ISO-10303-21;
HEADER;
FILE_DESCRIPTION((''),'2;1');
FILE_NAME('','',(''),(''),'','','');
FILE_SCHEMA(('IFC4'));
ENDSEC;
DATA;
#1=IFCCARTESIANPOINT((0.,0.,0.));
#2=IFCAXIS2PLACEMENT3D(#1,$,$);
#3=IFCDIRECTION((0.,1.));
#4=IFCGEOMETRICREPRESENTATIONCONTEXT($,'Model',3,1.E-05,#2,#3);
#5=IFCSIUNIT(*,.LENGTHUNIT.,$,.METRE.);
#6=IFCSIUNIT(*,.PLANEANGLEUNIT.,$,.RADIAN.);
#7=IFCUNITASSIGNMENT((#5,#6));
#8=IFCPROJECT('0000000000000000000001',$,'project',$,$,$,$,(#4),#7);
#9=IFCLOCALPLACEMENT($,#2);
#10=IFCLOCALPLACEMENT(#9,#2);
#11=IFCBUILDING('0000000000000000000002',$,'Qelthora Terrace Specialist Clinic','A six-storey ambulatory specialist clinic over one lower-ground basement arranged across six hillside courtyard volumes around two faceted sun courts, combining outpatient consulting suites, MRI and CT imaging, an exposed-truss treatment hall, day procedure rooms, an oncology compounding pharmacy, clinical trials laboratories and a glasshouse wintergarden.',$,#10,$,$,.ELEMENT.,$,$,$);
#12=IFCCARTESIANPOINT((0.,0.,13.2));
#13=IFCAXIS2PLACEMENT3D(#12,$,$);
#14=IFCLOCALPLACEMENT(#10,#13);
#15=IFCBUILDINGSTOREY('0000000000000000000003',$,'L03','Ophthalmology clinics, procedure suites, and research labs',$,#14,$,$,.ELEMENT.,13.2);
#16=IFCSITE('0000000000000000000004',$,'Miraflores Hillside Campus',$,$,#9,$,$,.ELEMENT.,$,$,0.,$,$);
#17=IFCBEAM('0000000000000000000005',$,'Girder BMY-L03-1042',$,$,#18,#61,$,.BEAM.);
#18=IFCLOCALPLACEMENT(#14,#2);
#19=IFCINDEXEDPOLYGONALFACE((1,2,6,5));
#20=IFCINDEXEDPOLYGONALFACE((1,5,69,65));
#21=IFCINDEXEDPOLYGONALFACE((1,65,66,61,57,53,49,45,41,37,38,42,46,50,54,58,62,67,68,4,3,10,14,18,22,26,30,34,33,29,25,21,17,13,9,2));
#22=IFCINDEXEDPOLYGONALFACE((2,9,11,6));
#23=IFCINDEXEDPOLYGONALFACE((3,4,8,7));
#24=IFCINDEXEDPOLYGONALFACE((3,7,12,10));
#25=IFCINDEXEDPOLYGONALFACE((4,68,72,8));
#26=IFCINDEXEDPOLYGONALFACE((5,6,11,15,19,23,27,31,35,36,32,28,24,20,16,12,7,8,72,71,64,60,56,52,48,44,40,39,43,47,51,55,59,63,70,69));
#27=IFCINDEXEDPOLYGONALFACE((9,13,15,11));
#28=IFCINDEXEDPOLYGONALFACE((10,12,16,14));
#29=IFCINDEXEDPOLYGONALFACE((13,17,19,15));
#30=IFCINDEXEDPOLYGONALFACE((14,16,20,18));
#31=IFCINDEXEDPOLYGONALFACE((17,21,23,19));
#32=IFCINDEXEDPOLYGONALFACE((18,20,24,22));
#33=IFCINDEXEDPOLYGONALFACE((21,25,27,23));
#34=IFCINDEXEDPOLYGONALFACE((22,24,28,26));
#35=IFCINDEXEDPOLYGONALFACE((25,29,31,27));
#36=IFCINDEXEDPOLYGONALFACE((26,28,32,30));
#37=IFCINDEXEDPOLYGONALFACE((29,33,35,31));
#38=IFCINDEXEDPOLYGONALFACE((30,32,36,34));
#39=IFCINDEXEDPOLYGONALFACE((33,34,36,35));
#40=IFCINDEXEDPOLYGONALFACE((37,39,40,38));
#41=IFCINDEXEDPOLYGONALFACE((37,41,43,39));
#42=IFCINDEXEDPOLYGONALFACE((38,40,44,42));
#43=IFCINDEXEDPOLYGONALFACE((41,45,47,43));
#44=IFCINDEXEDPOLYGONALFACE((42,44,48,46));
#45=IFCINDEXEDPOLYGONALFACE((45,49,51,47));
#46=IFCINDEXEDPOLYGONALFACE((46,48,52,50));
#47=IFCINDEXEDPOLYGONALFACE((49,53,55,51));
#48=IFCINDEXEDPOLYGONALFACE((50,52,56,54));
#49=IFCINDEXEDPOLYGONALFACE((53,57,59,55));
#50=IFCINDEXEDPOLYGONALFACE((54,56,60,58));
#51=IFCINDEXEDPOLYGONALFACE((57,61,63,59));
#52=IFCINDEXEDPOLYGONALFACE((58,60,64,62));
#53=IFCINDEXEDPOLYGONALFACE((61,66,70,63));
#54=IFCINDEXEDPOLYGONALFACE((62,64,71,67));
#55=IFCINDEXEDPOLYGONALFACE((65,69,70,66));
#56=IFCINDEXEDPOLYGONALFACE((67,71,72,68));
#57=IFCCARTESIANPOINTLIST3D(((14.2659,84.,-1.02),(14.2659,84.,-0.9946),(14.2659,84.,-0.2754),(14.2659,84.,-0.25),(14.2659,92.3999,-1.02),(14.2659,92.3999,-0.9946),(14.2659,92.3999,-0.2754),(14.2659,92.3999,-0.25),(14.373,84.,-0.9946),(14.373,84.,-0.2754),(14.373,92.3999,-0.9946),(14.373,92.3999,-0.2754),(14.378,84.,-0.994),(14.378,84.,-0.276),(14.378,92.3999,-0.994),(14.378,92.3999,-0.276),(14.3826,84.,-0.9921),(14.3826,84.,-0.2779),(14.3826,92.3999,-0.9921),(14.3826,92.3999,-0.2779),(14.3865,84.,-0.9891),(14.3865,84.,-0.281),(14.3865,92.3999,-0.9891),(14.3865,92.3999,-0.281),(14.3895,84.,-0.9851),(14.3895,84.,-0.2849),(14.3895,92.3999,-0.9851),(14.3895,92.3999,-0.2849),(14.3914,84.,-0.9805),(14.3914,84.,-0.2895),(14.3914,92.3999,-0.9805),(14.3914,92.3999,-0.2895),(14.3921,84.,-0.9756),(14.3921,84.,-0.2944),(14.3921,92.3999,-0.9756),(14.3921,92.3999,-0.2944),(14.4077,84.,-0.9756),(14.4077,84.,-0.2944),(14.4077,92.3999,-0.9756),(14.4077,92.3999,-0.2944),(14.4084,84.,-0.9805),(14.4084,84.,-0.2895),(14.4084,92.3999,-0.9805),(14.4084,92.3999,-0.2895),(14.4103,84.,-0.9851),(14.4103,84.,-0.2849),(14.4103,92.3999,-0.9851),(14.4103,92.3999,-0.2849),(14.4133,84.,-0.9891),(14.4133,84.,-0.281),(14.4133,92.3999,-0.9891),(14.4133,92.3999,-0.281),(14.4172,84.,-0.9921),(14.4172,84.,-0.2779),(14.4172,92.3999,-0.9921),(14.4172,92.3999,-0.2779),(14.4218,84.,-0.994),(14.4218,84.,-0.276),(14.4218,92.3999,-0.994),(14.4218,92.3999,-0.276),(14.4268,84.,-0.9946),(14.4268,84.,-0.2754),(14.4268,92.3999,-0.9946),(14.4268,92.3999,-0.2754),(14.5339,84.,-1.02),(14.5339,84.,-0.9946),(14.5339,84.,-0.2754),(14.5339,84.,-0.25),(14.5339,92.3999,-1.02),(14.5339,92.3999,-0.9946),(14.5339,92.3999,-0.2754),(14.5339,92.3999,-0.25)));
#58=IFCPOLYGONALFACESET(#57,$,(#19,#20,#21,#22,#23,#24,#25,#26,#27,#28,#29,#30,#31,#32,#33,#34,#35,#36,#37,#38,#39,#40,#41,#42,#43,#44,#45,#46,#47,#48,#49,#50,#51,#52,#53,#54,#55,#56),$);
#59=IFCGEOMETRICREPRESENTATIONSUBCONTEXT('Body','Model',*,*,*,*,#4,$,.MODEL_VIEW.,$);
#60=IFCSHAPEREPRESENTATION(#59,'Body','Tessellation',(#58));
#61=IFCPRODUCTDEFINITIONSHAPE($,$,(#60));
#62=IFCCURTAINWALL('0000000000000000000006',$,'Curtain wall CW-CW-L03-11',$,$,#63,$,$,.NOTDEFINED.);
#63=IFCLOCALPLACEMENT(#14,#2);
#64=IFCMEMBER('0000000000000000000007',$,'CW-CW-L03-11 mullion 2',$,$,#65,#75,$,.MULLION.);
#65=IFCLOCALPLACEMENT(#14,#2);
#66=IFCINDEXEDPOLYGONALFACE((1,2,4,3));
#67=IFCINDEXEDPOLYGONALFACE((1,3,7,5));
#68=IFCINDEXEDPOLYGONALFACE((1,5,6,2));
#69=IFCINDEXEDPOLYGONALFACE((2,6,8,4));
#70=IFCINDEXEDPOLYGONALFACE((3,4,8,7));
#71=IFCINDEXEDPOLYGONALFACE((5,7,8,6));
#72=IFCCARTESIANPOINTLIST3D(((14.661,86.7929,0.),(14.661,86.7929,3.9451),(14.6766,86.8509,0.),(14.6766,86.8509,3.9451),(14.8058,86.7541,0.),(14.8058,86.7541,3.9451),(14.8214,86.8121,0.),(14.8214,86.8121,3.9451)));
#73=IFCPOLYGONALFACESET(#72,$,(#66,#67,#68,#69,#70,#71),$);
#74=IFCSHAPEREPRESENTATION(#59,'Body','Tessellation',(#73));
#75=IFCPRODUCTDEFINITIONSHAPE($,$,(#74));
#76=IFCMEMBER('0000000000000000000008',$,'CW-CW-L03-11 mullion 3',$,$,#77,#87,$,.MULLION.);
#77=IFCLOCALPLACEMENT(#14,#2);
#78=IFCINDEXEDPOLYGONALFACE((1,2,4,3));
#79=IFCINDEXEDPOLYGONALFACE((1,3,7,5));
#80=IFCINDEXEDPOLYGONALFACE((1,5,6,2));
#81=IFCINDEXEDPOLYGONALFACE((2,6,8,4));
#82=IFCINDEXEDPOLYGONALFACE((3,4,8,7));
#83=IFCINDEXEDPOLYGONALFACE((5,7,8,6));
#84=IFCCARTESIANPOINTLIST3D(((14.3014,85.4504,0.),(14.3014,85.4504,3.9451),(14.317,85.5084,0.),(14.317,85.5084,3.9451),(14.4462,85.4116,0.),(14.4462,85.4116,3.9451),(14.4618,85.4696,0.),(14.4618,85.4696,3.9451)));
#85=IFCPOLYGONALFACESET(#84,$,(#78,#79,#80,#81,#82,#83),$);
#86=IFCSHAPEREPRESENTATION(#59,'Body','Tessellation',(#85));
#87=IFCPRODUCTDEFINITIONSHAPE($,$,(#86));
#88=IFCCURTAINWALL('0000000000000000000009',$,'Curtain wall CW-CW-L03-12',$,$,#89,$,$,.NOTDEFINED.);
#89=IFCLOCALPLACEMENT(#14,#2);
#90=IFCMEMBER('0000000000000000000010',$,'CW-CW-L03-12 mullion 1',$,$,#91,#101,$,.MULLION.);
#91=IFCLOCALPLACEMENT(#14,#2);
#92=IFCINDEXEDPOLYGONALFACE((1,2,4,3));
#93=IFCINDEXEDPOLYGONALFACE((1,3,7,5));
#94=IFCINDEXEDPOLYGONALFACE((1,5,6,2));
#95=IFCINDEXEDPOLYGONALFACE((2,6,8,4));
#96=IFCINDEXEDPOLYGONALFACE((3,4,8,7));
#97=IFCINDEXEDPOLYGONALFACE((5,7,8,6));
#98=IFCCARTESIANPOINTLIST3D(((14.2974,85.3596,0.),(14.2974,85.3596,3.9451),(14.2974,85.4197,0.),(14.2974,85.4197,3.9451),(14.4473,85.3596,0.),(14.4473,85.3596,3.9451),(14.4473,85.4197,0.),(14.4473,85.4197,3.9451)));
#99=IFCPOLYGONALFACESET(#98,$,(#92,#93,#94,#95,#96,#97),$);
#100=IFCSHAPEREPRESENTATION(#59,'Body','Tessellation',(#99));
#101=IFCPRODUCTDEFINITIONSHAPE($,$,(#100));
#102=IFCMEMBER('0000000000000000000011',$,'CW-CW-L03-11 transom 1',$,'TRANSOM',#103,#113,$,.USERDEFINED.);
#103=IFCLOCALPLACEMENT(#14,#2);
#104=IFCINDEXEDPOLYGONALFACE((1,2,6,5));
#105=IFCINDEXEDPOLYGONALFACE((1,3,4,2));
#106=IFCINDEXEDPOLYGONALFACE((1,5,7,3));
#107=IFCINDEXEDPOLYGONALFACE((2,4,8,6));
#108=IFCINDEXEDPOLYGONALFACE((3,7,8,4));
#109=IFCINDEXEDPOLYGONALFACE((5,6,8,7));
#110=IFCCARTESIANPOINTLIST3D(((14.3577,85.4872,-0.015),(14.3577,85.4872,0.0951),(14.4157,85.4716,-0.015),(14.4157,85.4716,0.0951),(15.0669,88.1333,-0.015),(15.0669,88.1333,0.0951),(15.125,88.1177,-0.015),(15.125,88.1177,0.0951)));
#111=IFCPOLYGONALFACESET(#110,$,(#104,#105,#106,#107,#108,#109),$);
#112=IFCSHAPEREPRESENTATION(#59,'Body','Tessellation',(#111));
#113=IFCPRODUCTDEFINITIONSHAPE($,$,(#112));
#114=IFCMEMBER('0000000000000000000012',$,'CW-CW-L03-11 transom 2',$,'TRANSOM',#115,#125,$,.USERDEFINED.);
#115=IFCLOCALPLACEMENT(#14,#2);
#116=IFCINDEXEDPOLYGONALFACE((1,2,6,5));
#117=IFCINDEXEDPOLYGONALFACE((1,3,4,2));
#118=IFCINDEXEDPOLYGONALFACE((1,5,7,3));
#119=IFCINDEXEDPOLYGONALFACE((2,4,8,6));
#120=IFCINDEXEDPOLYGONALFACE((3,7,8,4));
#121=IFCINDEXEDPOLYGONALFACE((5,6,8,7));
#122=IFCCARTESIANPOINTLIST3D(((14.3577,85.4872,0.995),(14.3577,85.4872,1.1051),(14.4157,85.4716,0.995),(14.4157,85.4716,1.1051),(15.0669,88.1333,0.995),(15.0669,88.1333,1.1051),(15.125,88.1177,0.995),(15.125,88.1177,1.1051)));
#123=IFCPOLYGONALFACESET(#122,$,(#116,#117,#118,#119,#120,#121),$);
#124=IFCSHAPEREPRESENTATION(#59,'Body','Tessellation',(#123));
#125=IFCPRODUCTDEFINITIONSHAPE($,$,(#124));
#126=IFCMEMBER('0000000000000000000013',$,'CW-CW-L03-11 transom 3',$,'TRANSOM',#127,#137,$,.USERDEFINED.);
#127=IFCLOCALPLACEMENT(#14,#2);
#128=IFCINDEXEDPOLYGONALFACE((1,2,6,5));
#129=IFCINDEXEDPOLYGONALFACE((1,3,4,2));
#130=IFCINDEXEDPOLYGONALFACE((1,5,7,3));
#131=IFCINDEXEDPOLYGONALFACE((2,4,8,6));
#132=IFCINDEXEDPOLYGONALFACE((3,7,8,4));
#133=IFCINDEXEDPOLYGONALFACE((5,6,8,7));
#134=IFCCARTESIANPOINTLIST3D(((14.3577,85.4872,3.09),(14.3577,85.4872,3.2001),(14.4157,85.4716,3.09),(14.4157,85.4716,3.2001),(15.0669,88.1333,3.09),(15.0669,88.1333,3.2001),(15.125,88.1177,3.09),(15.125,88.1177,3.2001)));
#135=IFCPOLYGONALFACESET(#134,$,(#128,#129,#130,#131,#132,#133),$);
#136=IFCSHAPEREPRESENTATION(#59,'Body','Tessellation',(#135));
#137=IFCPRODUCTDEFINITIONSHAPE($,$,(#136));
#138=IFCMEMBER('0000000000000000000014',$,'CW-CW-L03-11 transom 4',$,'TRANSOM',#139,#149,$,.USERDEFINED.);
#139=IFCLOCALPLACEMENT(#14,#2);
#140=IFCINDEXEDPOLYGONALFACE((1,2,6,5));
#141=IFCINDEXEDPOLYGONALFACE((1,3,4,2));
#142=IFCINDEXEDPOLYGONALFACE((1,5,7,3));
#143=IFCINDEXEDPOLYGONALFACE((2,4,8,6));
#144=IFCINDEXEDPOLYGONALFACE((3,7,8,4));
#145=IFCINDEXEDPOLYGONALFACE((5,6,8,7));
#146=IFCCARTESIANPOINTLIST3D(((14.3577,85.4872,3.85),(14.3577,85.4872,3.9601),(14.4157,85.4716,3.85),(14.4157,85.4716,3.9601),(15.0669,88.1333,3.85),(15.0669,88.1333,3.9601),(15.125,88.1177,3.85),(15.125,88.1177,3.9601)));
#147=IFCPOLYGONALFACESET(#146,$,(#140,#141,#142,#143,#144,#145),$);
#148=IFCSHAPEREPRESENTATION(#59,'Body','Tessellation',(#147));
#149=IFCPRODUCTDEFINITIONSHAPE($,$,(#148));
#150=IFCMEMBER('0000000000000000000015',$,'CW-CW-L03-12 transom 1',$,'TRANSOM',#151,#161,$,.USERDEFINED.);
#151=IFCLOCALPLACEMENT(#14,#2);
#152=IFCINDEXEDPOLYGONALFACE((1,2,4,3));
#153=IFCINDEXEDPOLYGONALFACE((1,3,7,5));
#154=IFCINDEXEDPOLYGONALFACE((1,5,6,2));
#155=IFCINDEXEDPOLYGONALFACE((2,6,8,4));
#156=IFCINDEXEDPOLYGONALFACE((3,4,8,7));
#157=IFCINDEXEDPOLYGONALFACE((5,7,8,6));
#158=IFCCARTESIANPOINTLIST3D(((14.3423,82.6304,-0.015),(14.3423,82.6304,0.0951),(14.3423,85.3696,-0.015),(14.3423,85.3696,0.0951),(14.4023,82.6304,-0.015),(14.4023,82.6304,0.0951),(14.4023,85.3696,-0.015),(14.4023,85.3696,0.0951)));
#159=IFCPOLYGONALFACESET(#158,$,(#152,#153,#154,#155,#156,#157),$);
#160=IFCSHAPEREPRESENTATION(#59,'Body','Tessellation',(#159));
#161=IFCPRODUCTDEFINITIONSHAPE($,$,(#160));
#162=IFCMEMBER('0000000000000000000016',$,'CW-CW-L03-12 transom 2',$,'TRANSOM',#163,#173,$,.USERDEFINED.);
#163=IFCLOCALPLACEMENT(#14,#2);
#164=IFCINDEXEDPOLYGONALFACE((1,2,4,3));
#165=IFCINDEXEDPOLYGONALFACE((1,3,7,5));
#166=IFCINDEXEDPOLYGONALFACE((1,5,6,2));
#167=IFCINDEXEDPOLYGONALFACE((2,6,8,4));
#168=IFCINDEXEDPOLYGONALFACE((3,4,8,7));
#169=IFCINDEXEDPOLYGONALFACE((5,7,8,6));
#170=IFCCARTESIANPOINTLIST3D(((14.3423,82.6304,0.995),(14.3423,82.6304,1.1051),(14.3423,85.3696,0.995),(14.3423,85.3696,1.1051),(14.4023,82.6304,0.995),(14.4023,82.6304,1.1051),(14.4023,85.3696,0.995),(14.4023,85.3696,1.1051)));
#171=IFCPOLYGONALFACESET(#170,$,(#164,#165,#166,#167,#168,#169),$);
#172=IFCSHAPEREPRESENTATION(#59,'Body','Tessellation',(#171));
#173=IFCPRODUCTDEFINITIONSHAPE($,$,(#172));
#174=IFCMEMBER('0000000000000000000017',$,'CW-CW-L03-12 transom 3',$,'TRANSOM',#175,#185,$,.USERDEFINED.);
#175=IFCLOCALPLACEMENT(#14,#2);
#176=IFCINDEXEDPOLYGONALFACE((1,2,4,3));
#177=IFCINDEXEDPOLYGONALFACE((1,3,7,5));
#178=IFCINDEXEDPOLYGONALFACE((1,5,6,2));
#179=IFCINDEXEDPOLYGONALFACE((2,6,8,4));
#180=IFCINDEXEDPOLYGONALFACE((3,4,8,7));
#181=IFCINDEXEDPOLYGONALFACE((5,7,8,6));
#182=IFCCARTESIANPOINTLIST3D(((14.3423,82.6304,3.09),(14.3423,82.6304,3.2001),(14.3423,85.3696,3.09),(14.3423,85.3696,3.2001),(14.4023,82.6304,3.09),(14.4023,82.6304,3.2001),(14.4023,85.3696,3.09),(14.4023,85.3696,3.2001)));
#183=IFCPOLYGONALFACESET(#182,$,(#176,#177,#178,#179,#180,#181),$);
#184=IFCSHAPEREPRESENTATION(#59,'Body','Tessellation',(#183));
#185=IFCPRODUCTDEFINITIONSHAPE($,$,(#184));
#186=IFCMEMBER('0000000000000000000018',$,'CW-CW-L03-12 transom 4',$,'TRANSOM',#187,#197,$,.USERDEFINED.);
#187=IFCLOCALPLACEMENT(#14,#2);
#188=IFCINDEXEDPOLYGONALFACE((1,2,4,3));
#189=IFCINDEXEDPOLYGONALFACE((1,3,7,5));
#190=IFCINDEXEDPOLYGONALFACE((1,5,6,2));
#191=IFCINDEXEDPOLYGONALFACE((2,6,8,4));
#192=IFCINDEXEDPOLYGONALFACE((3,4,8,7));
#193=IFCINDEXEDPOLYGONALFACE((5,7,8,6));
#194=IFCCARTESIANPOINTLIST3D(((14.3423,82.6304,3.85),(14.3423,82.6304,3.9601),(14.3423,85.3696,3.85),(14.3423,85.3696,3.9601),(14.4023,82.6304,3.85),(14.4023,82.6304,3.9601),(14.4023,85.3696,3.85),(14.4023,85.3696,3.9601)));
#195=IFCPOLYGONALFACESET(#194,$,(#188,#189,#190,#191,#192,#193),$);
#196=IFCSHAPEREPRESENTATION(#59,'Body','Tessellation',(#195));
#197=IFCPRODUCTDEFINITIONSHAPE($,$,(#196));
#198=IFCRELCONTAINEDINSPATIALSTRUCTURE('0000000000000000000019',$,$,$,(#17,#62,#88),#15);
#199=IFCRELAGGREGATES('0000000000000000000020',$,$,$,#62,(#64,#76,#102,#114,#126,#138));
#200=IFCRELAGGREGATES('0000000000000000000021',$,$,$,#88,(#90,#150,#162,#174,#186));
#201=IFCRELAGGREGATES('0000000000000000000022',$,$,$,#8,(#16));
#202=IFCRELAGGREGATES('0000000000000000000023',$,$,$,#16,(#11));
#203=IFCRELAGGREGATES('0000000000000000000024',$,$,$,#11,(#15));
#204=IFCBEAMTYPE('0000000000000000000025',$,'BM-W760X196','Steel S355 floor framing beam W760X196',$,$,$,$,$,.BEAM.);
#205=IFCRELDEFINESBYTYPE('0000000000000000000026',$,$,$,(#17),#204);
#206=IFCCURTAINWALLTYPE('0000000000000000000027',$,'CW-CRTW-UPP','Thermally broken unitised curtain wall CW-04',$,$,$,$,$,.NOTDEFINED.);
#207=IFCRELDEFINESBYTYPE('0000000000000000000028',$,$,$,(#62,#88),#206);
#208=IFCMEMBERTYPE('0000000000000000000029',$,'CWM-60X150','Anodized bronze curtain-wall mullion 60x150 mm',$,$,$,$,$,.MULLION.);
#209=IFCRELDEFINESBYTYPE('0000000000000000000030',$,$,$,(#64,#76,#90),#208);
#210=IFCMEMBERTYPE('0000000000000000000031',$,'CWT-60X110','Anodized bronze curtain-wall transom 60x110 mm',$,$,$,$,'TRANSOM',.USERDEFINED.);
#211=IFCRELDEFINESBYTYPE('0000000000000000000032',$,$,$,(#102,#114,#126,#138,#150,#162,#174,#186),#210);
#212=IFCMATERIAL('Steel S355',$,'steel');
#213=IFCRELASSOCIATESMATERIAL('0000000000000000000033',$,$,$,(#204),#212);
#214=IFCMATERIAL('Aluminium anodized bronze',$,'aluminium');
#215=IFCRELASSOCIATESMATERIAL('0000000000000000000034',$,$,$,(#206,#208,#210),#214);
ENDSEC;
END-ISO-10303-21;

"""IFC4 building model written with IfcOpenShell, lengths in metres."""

from ifc_helpers import new_model, si_unit, direction, frame, origin, origin_2d, place, context, subcontext, project, spatial, rectangle, i_section, extrude, material, material_profile, profile_set, type_object, element, aggregate, save


model = new_model("IFC4")

# Units and contexts
model_context = context("Model", 3, precision=1e-05, world=origin(), true_north=direction((0.0, 1.0)))
body_context = subcontext(model_context, "Body", "Model", "MODEL_VIEW")
ifc_project = project(units=[si_unit("LENGTHUNIT", "METRE"), si_unit("PLANEANGLEUNIT", "RADIAN")], contexts=[model_context])

# Site, building, storey
site_placement = place(None, origin())
site = spatial("IfcSite", under=ifc_project, at=site_placement, Name="Miraflores Hillside Campus", CompositionType="ELEMENT", RefElevation=0.0)
building_placement = place(site_placement, origin())
building = spatial("IfcBuilding", under=site, at=building_placement, Name="Qelthora Terrace Specialist Clinic", Description="A six-storey ambulatory specialist clinic over one lower-ground basement arranged across six hillside courtyard volumes around two faceted sun courts, combining outpatient consulting suites, MRI and CT imaging, an exposed-truss treatment hall, day procedure rooms, an oncology compounding pharmacy, clinical trials laboratories and a glasshouse wintergarden.", CompositionType="ELEMENT")
storey_placement = place(building_placement, frame((0.0, 0.0, 13.2)))
storey = spatial("IfcBuildingStorey", under=building, at=storey_placement, Name="L03", Description="Ophthalmology clinics, procedure suites, and research labs", CompositionType="ELEMENT", Elevation=13.2)

# Shared definitions
ifc_material_1 = material(Name="Steel S355", Category="steel")

# Beam
ifc_material_profile_1 = material_profile(ifc_material_1, i_section(OverallWidth=0.2681, OverallDepth=0.77, WebThickness=0.0156, FlangeThickness=0.0254, FilletRadius=0.019, at=origin_2d()), Name="W760X196")
ifc_profile_set_1 = profile_set([ifc_material_profile_1], Name="Steel S355")
beam_type_1 = type_object("IfcBeamType", Name="BM-W760X196", Description="Steel S355 floor framing beam W760X196", PredefinedType="BEAM", material=ifc_profile_set_1)
beam_1_placement = place(storey_placement, frame((14.3999, 84.0, -0.635), z_axis=(0.0, 1.0, 0.0), x_axis=(-1.0, 0.0, 0.0)))
element("IfcBeam", 1, at=beam_1_placement, inside=storey, type_object=beam_type_1, Name="Girder BMY-L03-1042", PredefinedType="BEAM", context=body_context, shape_type="SweptSolid", body=[
    extrude(i_section(OverallWidth=0.2681, OverallDepth=0.77, WebThickness=0.0156, FlangeThickness=0.0254, FilletRadius=0.019, at=origin_2d()), origin(), (0.0, 0.0, 1.0), 8.3999),
])

# Curtain wall, members
ifc_material_2 = material(Name="Aluminium anodized bronze", Category="aluminium")
curtain_wall_type = type_object("IfcCurtainWallType", Name="CW-CRTW-UPP", Description="Thermally broken unitised curtain wall CW-04", PredefinedType="NOTDEFINED", material=ifc_material_2)
curtain_wall_1_placement = place(storey_placement, origin())
curtain_wall_1 = element("IfcCurtainWall", 2, at=curtain_wall_1_placement, inside=storey, type_object=curtain_wall_type, Name="Curtain wall CW-CW-L03-11", PredefinedType="NOTDEFINED")
ifc_material_profile_2 = material_profile(ifc_material_2, rectangle(XDim=0.0601, YDim=0.1499, at=origin_2d()), Name="CWM60X150")
ifc_profile_set_2 = profile_set([ifc_material_profile_2], Name="Aluminium anodized bronze")
member_type_1 = type_object("IfcMemberType", Name="CWM-60X150", Description="Anodized bronze curtain-wall mullion 60x150 mm", PredefinedType="MULLION", material=ifc_profile_set_2)
member_1_placement = place(storey_placement, frame((14.7412, 86.8025, 0.0), z_axis=(0.0, 0.0, 1.0), x_axis=(-0.25882, -0.965925, 0.0)))
member_1 = element("IfcMember", 3, at=member_1_placement, type_object=member_type_1, Name="CW-CW-L03-11 mullion 2", PredefinedType="MULLION", context=body_context, shape_type="SweptSolid", body=[
    extrude(rectangle(XDim=0.0601, YDim=0.1499, at=origin_2d()), origin(), (0.0, 0.0, 1.0), 3.9451),
])
member_2_placement = place(storey_placement, frame((14.3816, 85.46, 0.0), z_axis=(0.0, 0.0, 1.0), x_axis=(-0.25882, -0.965925, 0.0)))
member_2 = element("IfcMember", 4, at=member_2_placement, type_object=member_type_1, Name="CW-CW-L03-11 mullion 3", PredefinedType="MULLION", context=body_context, shape_type="SweptSolid", body=[
    extrude(rectangle(XDim=0.0601, YDim=0.1499, at=origin_2d()), origin(), (0.0, 0.0, 1.0), 3.9451),
])

# Curtain wall, member
curtain_wall_2_placement = place(storey_placement, origin())
curtain_wall_2 = element("IfcCurtainWall", 5, at=curtain_wall_2_placement, inside=storey, type_object=curtain_wall_type, Name="Curtain wall CW-CW-L03-12", PredefinedType="NOTDEFINED")
member_3_placement = place(storey_placement, frame((14.3723, 85.3896, 0.0), z_axis=(0.0, 0.0, 1.0), x_axis=(0.0, -1.0, 0.0)))
member_3 = element("IfcMember", 6, at=member_3_placement, type_object=member_type_1, Name="CW-CW-L03-12 mullion 1", PredefinedType="MULLION", context=body_context, shape_type="SweptSolid", body=[
    extrude(rectangle(XDim=0.0601, YDim=0.1499, at=origin_2d()), origin(), (0.0, 0.0, 1.0), 3.9451),
])

# Members
ifc_material_profile_3 = material_profile(ifc_material_2, rectangle(XDim=0.0601, YDim=0.1101, at=origin_2d()), Name="CWT60X110")
ifc_profile_set_3 = profile_set([ifc_material_profile_3], Name="Aluminium anodized bronze")
member_type_2 = type_object("IfcMemberType", Name="CWT-60X110", Description="Anodized bronze curtain-wall transom 60x110 mm", ElementType="TRANSOM", PredefinedType="USERDEFINED", material=ifc_profile_set_3)
member_4_placement = place(storey_placement, frame((15.0959, 88.1255, 0.04), z_axis=(-0.258899, -0.965904, 0.0), x_axis=(0.965904, -0.258899, 0.0)))
member_4 = element("IfcMember", 7, at=member_4_placement, type_object=member_type_2, Name="CW-CW-L03-11 transom 1", ObjectType="TRANSOM", PredefinedType="USERDEFINED", context=body_context, shape_type="SweptSolid", body=[
    extrude(rectangle(XDim=0.0601, YDim=0.1101, at=origin_2d()), origin(), (0.0, 0.0, 1.0), 2.7395),
])
member_5_placement = place(storey_placement, frame((15.0959, 88.1255, 1.05), z_axis=(-0.258899, -0.965904, 0.0), x_axis=(0.965904, -0.258899, 0.0)))
member_5 = element("IfcMember", 8, at=member_5_placement, type_object=member_type_2, Name="CW-CW-L03-11 transom 2", ObjectType="TRANSOM", PredefinedType="USERDEFINED", context=body_context, shape_type="SweptSolid", body=[
    extrude(rectangle(XDim=0.0601, YDim=0.1101, at=origin_2d()), origin(), (0.0, 0.0, 1.0), 2.7395),
])
member_6_placement = place(storey_placement, frame((15.0959, 88.1255, 3.145), z_axis=(-0.258899, -0.965904, 0.0), x_axis=(0.965904, -0.258899, 0.0)))
member_6 = element("IfcMember", 9, at=member_6_placement, type_object=member_type_2, Name="CW-CW-L03-11 transom 3", ObjectType="TRANSOM", PredefinedType="USERDEFINED", context=body_context, shape_type="SweptSolid", body=[
    extrude(rectangle(XDim=0.0601, YDim=0.1101, at=origin_2d()), origin(), (0.0, 0.0, 1.0), 2.7395),
])
member_7_placement = place(storey_placement, frame((15.0959, 88.1255, 3.905), z_axis=(-0.258899, -0.965904, 0.0), x_axis=(0.965904, -0.258899, 0.0)))
member_7 = element("IfcMember", 10, at=member_7_placement, type_object=member_type_2, Name="CW-CW-L03-11 transom 4", ObjectType="TRANSOM", PredefinedType="USERDEFINED", context=body_context, shape_type="SweptSolid", body=[
    extrude(rectangle(XDim=0.0601, YDim=0.1101, at=origin_2d()), origin(), (0.0, 0.0, 1.0), 2.7395),
])
member_8_placement = place(storey_placement, frame((14.3723, 85.3696, 0.04), z_axis=(0.0, -1.0, 0.0), x_axis=(1.0, 0.0, 0.0)))
member_8 = element("IfcMember", 11, at=member_8_placement, type_object=member_type_2, Name="CW-CW-L03-12 transom 1", ObjectType="TRANSOM", PredefinedType="USERDEFINED", context=body_context, shape_type="SweptSolid", body=[
    extrude(rectangle(XDim=0.0601, YDim=0.1101, at=origin_2d()), origin(), (0.0, 0.0, 1.0), 2.7393),
])
member_9_placement = place(storey_placement, frame((14.3723, 85.3696, 1.05), z_axis=(0.0, -1.0, 0.0), x_axis=(1.0, 0.0, 0.0)))
member_9 = element("IfcMember", 12, at=member_9_placement, type_object=member_type_2, Name="CW-CW-L03-12 transom 2", ObjectType="TRANSOM", PredefinedType="USERDEFINED", context=body_context, shape_type="SweptSolid", body=[
    extrude(rectangle(XDim=0.0601, YDim=0.1101, at=origin_2d()), origin(), (0.0, 0.0, 1.0), 2.7393),
])
member_10_placement = place(storey_placement, frame((14.3723, 85.3696, 3.145), z_axis=(0.0, -1.0, 0.0), x_axis=(1.0, 0.0, 0.0)))
member_10 = element("IfcMember", 13, at=member_10_placement, type_object=member_type_2, Name="CW-CW-L03-12 transom 3", ObjectType="TRANSOM", PredefinedType="USERDEFINED", context=body_context, shape_type="SweptSolid", body=[
    extrude(rectangle(XDim=0.0601, YDim=0.1101, at=origin_2d()), origin(), (0.0, 0.0, 1.0), 2.7393),
])
member_11_placement = place(storey_placement, frame((14.3723, 85.3696, 3.905), z_axis=(0.0, -1.0, 0.0), x_axis=(1.0, 0.0, 0.0)))
member_11 = element("IfcMember", 14, at=member_11_placement, type_object=member_type_2, Name="CW-CW-L03-12 transom 4", ObjectType="TRANSOM", PredefinedType="USERDEFINED", context=body_context, shape_type="SweptSolid", body=[
    extrude(rectangle(XDim=0.0601, YDim=0.1101, at=origin_2d()), origin(), (0.0, 0.0, 1.0), 2.7393),
])

aggregate(curtain_wall_1, [member_1, member_2, member_4, member_5, member_6, member_7])
aggregate(curtain_wall_2, [member_3, member_8, member_9, member_10, member_11])

save(model, "model.ifc")
